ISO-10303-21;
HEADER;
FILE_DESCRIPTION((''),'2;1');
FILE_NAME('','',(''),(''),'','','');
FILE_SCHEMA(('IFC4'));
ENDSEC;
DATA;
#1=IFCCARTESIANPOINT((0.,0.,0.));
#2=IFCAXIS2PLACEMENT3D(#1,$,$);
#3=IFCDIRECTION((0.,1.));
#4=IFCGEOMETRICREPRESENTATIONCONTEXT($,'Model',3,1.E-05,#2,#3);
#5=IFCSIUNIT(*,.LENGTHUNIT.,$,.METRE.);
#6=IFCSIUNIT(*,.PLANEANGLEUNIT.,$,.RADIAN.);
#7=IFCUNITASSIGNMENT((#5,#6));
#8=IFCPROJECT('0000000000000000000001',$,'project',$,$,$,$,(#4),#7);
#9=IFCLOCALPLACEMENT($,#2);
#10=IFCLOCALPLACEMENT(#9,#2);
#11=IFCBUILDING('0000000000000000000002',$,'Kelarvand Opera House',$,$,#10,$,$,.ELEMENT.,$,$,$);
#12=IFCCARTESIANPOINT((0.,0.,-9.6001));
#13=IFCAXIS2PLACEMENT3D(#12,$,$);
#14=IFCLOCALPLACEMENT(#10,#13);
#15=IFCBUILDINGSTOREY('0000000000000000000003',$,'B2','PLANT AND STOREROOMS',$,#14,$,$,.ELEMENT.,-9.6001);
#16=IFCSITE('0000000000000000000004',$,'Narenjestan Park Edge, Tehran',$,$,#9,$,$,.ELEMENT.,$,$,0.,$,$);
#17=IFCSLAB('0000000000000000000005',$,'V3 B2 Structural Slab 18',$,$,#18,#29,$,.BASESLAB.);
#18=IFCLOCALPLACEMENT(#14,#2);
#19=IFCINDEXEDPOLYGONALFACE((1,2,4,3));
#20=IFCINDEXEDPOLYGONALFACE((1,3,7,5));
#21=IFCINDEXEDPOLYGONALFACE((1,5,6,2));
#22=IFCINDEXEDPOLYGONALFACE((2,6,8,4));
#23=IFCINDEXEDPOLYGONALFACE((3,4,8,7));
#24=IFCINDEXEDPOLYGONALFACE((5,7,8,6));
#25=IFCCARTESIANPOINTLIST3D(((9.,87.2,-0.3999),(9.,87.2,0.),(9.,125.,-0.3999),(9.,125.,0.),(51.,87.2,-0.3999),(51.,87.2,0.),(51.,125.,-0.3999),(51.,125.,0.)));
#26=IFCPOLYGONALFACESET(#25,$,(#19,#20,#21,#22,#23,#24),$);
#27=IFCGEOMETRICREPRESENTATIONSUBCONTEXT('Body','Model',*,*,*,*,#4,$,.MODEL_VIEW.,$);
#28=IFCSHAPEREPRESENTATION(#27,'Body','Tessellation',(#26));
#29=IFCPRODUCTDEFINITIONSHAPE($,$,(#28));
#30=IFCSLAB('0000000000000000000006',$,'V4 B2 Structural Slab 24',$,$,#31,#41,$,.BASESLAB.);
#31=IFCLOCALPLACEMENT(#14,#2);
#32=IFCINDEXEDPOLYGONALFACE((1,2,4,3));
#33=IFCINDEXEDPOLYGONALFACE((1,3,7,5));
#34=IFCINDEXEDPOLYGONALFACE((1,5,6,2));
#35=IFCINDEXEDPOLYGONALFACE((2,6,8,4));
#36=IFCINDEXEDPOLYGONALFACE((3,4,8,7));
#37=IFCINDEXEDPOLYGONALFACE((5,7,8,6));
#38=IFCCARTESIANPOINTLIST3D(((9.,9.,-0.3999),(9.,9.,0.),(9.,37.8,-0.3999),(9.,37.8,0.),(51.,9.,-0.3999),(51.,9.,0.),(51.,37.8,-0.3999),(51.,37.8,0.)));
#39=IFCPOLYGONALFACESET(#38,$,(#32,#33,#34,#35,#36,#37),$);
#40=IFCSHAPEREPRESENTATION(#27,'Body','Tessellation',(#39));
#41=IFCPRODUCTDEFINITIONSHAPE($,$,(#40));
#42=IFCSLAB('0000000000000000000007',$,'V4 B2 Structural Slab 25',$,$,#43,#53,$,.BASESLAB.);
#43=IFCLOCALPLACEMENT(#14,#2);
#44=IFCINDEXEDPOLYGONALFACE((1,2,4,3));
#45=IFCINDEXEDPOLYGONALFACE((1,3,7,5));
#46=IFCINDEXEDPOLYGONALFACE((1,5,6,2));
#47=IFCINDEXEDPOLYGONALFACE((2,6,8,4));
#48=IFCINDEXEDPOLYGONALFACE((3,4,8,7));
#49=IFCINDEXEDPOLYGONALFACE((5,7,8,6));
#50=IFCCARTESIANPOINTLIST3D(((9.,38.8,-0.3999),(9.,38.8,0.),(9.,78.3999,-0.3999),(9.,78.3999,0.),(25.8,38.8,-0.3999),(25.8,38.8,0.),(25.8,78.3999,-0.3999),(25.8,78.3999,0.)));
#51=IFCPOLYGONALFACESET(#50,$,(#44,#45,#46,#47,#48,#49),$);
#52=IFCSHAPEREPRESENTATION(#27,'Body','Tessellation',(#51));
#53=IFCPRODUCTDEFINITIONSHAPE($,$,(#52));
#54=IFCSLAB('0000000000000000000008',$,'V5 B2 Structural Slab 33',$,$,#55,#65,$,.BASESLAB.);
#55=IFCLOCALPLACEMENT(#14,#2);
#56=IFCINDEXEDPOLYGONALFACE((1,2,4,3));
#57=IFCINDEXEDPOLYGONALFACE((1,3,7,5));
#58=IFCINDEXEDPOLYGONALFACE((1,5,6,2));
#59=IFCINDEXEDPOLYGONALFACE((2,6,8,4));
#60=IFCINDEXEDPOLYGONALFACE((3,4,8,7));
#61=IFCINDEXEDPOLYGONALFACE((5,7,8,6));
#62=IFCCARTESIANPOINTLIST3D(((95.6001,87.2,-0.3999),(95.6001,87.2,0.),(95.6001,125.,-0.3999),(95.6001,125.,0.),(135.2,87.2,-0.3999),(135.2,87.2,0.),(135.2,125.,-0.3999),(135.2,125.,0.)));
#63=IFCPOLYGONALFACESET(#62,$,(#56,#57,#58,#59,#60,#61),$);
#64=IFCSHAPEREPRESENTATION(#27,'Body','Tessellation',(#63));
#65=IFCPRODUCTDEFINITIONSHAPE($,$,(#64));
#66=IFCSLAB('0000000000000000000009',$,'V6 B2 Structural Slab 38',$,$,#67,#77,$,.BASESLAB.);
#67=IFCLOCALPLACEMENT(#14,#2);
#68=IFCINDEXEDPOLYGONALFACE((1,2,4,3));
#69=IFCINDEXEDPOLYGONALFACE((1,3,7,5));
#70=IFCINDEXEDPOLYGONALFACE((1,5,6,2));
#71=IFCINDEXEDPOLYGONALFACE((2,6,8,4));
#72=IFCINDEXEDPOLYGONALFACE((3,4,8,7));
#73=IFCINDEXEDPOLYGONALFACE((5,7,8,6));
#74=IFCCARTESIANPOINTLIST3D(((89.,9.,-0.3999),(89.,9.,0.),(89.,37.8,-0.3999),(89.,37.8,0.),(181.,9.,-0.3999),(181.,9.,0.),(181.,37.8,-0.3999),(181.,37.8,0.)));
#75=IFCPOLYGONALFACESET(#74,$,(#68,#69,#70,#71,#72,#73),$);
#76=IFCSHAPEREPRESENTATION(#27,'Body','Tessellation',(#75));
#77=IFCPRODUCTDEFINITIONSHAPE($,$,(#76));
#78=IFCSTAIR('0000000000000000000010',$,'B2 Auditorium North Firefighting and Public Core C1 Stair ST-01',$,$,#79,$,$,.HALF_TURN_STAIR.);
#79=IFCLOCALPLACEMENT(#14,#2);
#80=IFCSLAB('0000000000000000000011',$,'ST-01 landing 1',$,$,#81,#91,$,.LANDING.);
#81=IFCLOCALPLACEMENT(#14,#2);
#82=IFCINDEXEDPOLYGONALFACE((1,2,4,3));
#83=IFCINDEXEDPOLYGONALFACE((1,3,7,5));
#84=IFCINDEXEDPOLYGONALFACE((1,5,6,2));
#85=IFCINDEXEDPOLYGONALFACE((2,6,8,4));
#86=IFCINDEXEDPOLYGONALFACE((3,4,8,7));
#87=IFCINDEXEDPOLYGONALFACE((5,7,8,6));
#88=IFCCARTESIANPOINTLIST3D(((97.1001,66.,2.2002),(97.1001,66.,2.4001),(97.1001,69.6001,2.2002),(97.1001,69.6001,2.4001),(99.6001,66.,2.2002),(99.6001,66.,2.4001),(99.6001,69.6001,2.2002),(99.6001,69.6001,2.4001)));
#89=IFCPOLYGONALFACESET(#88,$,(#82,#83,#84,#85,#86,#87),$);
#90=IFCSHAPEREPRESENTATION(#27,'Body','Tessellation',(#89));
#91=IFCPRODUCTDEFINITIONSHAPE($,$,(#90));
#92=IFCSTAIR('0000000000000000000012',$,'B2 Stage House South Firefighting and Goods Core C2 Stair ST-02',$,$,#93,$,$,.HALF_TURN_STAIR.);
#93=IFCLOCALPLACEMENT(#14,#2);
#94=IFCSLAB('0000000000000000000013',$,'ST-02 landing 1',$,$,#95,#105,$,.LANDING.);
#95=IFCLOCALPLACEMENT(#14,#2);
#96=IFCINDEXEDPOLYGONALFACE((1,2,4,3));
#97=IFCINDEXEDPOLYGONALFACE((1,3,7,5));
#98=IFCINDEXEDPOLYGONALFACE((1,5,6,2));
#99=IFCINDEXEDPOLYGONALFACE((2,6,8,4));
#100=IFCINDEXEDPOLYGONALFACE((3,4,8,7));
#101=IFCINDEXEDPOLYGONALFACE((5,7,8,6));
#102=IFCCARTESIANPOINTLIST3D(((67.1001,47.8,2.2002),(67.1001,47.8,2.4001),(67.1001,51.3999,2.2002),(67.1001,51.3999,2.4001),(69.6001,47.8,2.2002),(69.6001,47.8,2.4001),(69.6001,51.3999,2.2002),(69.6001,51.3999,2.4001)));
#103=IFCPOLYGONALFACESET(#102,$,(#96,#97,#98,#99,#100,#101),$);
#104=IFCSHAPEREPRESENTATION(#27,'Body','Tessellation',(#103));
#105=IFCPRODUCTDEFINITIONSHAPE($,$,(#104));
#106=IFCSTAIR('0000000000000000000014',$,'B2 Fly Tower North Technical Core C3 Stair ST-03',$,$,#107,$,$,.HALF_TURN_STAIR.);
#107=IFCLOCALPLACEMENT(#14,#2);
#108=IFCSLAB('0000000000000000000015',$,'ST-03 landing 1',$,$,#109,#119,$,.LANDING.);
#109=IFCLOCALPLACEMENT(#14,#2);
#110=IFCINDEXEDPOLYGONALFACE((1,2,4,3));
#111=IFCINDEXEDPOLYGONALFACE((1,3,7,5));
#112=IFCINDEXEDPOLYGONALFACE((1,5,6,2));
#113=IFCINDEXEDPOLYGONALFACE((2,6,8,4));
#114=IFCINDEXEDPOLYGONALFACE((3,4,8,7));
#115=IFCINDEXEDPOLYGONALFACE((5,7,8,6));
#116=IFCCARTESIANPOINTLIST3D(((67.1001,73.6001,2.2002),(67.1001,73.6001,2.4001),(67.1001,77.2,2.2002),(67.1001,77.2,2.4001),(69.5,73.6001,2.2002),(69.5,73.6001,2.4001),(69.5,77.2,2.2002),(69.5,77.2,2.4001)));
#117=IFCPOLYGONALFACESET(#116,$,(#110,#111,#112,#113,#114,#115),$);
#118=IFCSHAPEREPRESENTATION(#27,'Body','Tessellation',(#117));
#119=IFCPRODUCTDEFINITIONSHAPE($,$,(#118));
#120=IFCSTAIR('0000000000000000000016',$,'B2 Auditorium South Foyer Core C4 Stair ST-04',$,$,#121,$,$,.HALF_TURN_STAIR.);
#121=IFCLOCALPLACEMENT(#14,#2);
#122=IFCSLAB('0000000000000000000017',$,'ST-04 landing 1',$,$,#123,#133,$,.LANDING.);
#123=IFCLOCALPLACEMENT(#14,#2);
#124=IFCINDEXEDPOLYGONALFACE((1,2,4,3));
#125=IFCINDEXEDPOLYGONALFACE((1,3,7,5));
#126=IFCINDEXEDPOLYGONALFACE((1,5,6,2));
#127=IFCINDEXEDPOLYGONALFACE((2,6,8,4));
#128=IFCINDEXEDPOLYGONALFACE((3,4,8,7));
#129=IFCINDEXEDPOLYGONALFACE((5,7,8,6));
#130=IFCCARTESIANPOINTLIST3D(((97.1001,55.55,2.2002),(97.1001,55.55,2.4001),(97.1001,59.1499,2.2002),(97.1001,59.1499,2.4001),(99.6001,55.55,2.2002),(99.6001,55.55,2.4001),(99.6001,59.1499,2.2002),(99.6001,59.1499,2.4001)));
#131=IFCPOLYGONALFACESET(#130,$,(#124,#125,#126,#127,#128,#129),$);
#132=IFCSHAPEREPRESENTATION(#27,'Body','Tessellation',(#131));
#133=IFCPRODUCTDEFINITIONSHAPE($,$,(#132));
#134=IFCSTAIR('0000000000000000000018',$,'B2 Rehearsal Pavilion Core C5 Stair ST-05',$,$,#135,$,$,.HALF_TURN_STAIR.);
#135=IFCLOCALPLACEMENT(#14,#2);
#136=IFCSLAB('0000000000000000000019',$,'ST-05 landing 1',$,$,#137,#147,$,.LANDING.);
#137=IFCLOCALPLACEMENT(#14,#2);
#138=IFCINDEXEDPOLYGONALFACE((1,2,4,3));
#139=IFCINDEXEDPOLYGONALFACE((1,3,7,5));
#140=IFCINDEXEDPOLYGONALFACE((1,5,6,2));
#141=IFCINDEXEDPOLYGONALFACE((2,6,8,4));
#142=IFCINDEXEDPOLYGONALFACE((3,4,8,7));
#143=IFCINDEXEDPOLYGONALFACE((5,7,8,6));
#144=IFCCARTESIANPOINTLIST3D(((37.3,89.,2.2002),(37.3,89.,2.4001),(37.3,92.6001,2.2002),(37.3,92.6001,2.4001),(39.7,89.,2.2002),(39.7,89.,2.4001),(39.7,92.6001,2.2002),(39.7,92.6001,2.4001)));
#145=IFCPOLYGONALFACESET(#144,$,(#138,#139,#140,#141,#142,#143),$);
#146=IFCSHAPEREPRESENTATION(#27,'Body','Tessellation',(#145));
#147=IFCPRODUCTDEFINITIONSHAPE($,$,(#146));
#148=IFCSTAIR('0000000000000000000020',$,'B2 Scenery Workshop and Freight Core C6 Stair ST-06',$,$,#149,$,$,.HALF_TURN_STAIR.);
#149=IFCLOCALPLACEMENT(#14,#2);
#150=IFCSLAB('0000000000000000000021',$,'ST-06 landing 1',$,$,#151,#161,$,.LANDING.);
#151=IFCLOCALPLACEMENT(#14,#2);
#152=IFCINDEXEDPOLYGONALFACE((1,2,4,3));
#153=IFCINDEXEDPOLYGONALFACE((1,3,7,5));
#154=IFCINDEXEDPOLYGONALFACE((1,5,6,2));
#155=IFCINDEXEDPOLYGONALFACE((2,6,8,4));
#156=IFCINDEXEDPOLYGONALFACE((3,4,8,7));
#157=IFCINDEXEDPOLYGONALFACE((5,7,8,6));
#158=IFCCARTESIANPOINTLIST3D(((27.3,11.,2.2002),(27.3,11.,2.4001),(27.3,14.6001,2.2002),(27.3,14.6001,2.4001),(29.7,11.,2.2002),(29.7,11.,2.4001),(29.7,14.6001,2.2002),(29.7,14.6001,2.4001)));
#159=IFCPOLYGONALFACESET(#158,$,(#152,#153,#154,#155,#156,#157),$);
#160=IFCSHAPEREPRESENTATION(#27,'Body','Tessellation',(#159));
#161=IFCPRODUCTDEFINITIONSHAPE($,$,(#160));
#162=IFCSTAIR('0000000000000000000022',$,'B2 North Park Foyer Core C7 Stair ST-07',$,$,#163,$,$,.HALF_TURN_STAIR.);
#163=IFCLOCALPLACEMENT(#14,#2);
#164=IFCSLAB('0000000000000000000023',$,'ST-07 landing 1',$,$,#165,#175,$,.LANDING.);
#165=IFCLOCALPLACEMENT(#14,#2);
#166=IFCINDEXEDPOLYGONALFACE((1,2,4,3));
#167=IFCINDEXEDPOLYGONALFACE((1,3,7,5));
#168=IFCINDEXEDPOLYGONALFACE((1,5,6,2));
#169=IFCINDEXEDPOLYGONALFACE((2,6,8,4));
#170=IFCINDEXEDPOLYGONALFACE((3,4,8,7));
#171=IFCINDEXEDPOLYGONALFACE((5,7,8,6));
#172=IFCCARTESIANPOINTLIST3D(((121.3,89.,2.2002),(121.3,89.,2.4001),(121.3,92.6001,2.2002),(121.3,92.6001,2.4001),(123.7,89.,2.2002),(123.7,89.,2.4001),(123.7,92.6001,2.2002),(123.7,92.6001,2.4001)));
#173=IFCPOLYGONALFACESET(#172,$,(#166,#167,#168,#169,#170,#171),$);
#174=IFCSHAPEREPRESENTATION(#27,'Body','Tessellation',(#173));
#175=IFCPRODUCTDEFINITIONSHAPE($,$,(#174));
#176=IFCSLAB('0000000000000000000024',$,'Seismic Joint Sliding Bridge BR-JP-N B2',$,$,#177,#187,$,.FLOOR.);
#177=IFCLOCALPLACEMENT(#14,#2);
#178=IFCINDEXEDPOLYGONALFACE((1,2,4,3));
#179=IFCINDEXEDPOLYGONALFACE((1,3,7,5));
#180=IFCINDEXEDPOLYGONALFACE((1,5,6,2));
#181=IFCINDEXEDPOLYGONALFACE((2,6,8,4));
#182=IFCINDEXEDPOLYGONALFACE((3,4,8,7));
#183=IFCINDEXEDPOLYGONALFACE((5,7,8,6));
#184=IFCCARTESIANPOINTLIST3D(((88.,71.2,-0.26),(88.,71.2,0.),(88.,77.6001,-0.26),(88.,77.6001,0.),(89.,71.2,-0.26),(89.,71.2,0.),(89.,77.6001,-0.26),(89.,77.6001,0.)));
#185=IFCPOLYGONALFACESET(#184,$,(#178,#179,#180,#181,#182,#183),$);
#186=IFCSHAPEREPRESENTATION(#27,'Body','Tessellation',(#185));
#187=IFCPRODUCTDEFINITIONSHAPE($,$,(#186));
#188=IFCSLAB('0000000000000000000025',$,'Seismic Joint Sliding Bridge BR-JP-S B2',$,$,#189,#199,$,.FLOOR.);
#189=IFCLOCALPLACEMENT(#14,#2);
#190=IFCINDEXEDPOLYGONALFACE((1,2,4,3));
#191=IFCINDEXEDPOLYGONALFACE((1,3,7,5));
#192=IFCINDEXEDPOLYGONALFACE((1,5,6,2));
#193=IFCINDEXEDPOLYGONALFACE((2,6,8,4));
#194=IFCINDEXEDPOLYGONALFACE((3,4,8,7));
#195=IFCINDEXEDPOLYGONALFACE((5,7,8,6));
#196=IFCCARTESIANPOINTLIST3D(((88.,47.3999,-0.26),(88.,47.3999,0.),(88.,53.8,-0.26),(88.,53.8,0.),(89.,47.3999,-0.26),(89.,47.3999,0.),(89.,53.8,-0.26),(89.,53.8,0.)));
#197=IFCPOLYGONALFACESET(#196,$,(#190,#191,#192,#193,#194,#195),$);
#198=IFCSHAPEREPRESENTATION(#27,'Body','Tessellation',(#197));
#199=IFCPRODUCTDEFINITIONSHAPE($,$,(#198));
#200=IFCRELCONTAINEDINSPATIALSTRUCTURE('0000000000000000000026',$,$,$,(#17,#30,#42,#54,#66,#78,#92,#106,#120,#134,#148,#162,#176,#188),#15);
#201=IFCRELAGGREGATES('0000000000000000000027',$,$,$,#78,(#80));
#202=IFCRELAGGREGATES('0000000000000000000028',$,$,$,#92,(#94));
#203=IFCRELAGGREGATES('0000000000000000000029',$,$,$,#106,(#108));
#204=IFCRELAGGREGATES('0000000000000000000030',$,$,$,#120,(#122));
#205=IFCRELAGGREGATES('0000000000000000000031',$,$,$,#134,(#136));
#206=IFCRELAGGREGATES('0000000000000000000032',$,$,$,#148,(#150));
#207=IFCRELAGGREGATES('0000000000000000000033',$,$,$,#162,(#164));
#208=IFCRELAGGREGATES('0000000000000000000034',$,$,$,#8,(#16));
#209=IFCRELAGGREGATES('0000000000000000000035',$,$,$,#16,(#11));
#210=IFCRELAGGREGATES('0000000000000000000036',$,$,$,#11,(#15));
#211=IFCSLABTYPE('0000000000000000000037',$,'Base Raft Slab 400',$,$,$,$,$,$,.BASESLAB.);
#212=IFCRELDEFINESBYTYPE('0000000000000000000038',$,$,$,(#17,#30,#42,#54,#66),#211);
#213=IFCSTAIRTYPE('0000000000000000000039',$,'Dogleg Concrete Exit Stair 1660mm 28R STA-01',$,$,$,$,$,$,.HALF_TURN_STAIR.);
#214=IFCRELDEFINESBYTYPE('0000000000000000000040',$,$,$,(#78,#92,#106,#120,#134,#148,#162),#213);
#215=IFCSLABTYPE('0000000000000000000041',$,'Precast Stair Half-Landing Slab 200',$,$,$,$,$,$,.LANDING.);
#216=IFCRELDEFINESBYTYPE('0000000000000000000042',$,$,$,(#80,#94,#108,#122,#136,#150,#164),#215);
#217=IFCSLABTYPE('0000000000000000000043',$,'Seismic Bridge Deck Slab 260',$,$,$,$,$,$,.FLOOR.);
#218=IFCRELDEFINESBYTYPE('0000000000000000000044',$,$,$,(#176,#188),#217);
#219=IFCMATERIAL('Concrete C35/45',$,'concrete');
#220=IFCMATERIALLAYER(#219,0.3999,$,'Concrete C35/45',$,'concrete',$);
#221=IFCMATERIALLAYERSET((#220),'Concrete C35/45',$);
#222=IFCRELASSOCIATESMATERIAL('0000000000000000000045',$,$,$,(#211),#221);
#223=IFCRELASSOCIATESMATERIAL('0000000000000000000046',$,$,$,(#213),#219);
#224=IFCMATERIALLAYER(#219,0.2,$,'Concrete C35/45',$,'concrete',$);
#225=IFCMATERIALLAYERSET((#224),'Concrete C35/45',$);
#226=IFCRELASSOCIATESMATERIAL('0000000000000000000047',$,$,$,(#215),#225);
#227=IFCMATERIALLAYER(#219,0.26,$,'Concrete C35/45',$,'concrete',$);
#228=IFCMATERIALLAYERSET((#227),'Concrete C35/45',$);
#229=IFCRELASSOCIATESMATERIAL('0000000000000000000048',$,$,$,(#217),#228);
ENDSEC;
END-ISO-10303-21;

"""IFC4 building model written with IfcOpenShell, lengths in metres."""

from ifc_helpers import new_model, si_unit, direction, frame, origin, place, context, subcontext, project, spatial, polyline, outline, extrude, material, layer, layer_set, type_object, element, aggregate, save


model = new_model("IFC4")

# Units and contexts
model_context = context("Model", 3, precision=1e-05, world=origin(), true_north=direction((0.0, 1.0)))
body_context = subcontext(model_context, "Body", "Model", "MODEL_VIEW")
ifc_project = project(units=[si_unit("LENGTHUNIT", "METRE"), si_unit("PLANEANGLEUNIT", "RADIAN")], contexts=[model_context])

# Site, building, storey
site_placement = place(None, origin())
site = spatial("IfcSite", under=ifc_project, at=site_placement, Name="Narenjestan Park Edge, Tehran", CompositionType="ELEMENT", RefElevation=0.0)
building_placement = place(site_placement, origin())
building = spatial("IfcBuilding", under=site, at=building_placement, Name="Kelarvand Opera House", CompositionType="ELEMENT")
storey_placement = place(building_placement, frame((0.0, 0.0, -9.6001)))
storey = spatial("IfcBuildingStorey", under=building, at=storey_placement, Name="B2", Description="PLANT AND STOREROOMS", CompositionType="ELEMENT", Elevation=-9.6001)

# Slabs
ifc_material_1 = material(Name="Concrete C35/45", Category="concrete")
ifc_layer_1 = layer(ifc_material_1, 0.3999, Name="Concrete C35/45", Category="concrete")
ifc_layer_set_1 = layer_set([ifc_layer_1], Name="Concrete C35/45")
slab_type_1 = type_object("IfcSlabType", Name="Base Raft Slab 400", PredefinedType="BASESLAB", material=ifc_layer_set_1)
slab_1_placement = place(storey_placement, frame((0.0, 0.0, -0.3999)))
element("IfcSlab", 1, at=slab_1_placement, inside=storey, type_object=slab_type_1, Name="V3 B2 Structural Slab 18", PredefinedType="BASESLAB", context=body_context, shape_type="SweptSolid", body=[
    extrude(outline(polyline([(51.0, 87.2), (51.0, 125.0), (9.0, 125.0), (9.0, 87.2), (51.0, 87.2)])), origin(), (0.0, 0.0, 1.0), 0.3999),
])
slab_2_placement = place(storey_placement, frame((0.0, 0.0, -0.3999)))
element("IfcSlab", 2, at=slab_2_placement, inside=storey, type_object=slab_type_1, Name="V4 B2 Structural Slab 24", PredefinedType="BASESLAB", context=body_context, shape_type="SweptSolid", body=[
    extrude(outline(polyline([(9.0, 9.0), (9.0, 37.8), (51.0, 37.8), (51.0, 9.0), (9.0, 9.0)])), origin(), (0.0, 0.0, 1.0), 0.3999),
])
slab_3_placement = place(storey_placement, frame((0.0, 0.0, -0.3999)))
element("IfcSlab", 3, at=slab_3_placement, inside=storey, type_object=slab_type_1, Name="V4 B2 Structural Slab 25", PredefinedType="BASESLAB", context=body_context, shape_type="SweptSolid", body=[
    extrude(outline(polyline([(9.0, 38.8), (9.0, 78.3999), (25.8, 78.3999), (25.8, 38.8), (9.0, 38.8)])), origin(), (0.0, 0.0, 1.0), 0.3999),
])
slab_4_placement = place(storey_placement, frame((0.0, 0.0, -0.3999)))
element("IfcSlab", 4, at=slab_4_placement, inside=storey, type_object=slab_type_1, Name="V5 B2 Structural Slab 33", PredefinedType="BASESLAB", context=body_context, shape_type="SweptSolid", body=[
    extrude(outline(polyline([(135.2, 87.2), (135.2, 125.0), (95.6001, 125.0), (95.6001, 87.2), (135.2, 87.2)])), origin(), (0.0, 0.0, 1.0), 0.3999),
])
slab_5_placement = place(storey_placement, frame((0.0, 0.0, -0.3999)))
element("IfcSlab", 5, at=slab_5_placement, inside=storey, type_object=slab_type_1, Name="V6 B2 Structural Slab 38", PredefinedType="BASESLAB", context=body_context, shape_type="SweptSolid", body=[
    extrude(outline(polyline([(181.0, 9.0), (181.0, 37.8), (89.0, 37.8), (89.0, 9.0), (181.0, 9.0)])), origin(), (0.0, 0.0, 1.0), 0.3999),
])

# Stairs, slabs
stair_type = type_object("IfcStairType", Name="Dogleg Concrete Exit Stair 1660mm 28R STA-01", PredefinedType="HALF_TURN_STAIR", material=ifc_material_1)
stair_1_placement = place(storey_placement, origin())
stair_1 = element("IfcStair", 6, at=stair_1_placement, inside=storey, type_object=stair_type, Name="B2 Auditorium North Firefighting and Public Core C1 Stair ST-01", PredefinedType="HALF_TURN_STAIR")
ifc_layer_2 = layer(ifc_material_1, 0.2, Name="Concrete C35/45", Category="concrete")
ifc_layer_set_2 = layer_set([ifc_layer_2], Name="Concrete C35/45")
slab_type_2 = type_object("IfcSlabType", Name="Precast Stair Half-Landing Slab 200", PredefinedType="LANDING", material=ifc_layer_set_2)
slab_6_placement = place(storey_placement, frame((0.0, 0.0, 2.2002)))
slab_6 = element("IfcSlab", 7, at=slab_6_placement, type_object=slab_type_2, Name="ST-01 landing 1", PredefinedType="LANDING", context=body_context, shape_type="SweptSolid", body=[
    extrude(outline(polyline([(97.1001, 66.0), (99.6001, 66.0), (99.6001, 69.6001), (97.1001, 69.6001), (97.1001, 66.0)])), origin(), (0.0, 0.0, 1.0), 0.2),
])
aggregate(stair_1, [slab_6])
stair_2_placement = place(storey_placement, origin())
stair_2 = element("IfcStair", 8, at=stair_2_placement, inside=storey, type_object=stair_type, Name="B2 Stage House South Firefighting and Goods Core C2 Stair ST-02", PredefinedType="HALF_TURN_STAIR")
slab_7_placement = place(storey_placement, frame((0.0, 0.0, 2.2002)))
slab_7 = element("IfcSlab", 9, at=slab_7_placement, type_object=slab_type_2, Name="ST-02 landing 1", PredefinedType="LANDING", context=body_context, shape_type="SweptSolid", body=[
    extrude(outline(polyline([(67.1001, 47.8), (69.6001, 47.8), (69.6001, 51.3999), (67.1001, 51.3999), (67.1001, 47.8)])), origin(), (0.0, 0.0, 1.0), 0.2),
])
aggregate(stair_2, [slab_7])
stair_3_placement = place(storey_placement, origin())
stair_3 = element("IfcStair", 10, at=stair_3_placement, inside=storey, type_object=stair_type, Name="B2 Fly Tower North Technical Core C3 Stair ST-03", PredefinedType="HALF_TURN_STAIR")
slab_8_placement = place(storey_placement, frame((0.0, 0.0, 2.2002)))
slab_8 = element("IfcSlab", 11, at=slab_8_placement, type_object=slab_type_2, Name="ST-03 landing 1", PredefinedType="LANDING", context=body_context, shape_type="SweptSolid", body=[
    extrude(outline(polyline([(67.1001, 73.6001), (69.5, 73.6001), (69.5, 77.2), (67.1001, 77.2), (67.1001, 73.6001)])), origin(), (0.0, 0.0, 1.0), 0.2),
])
aggregate(stair_3, [slab_8])
stair_4_placement = place(storey_placement, origin())
stair_4 = element("IfcStair", 12, at=stair_4_placement, inside=storey, type_object=stair_type, Name="B2 Auditorium South Foyer Core C4 Stair ST-04", PredefinedType="HALF_TURN_STAIR")
slab_9_placement = place(storey_placement, frame((0.0, 0.0, 2.2002)))
slab_9 = element("IfcSlab", 13, at=slab_9_placement, type_object=slab_type_2, Name="ST-04 landing 1", PredefinedType="LANDING", context=body_context, shape_type="SweptSolid", body=[
    extrude(outline(polyline([(97.1001, 55.55), (99.6001, 55.55), (99.6001, 59.1499), (97.1001, 59.1499), (97.1001, 55.55)])), origin(), (0.0, 0.0, 1.0), 0.2),
])
aggregate(stair_4, [slab_9])
stair_5_placement = place(storey_placement, origin())
stair_5 = element("IfcStair", 14, at=stair_5_placement, inside=storey, type_object=stair_type, Name="B2 Rehearsal Pavilion Core C5 Stair ST-05", PredefinedType="HALF_TURN_STAIR")
slab_10_placement = place(storey_placement, frame((0.0, 0.0, 2.2002)))
slab_10 = element("IfcSlab", 15, at=slab_10_placement, type_object=slab_type_2, Name="ST-05 landing 1", PredefinedType="LANDING", context=body_context, shape_type="SweptSolid", body=[
    extrude(outline(polyline([(37.3, 89.0), (39.7, 89.0), (39.7, 92.6001), (37.3, 92.6001), (37.3, 89.0)])), origin(), (0.0, 0.0, 1.0), 0.2),
])
aggregate(stair_5, [slab_10])
stair_6_placement = place(storey_placement, origin())
stair_6 = element("IfcStair", 16, at=stair_6_placement, inside=storey, type_object=stair_type, Name="B2 Scenery Workshop and Freight Core C6 Stair ST-06", PredefinedType="HALF_TURN_STAIR")
slab_11_placement = place(storey_placement, frame((0.0, 0.0, 2.2002)))
slab_11 = element("IfcSlab", 17, at=slab_11_placement, type_object=slab_type_2, Name="ST-06 landing 1", PredefinedType="LANDING", context=body_context, shape_type="SweptSolid", body=[
    extrude(outline(polyline([(27.3, 11.0), (29.7, 11.0), (29.7, 14.6001), (27.3, 14.6001), (27.3, 11.0)])), origin(), (0.0, 0.0, 1.0), 0.2),
])
aggregate(stair_6, [slab_11])
stair_7_placement = place(storey_placement, origin())
stair_7 = element("IfcStair", 18, at=stair_7_placement, inside=storey, type_object=stair_type, Name="B2 North Park Foyer Core C7 Stair ST-07", PredefinedType="HALF_TURN_STAIR")
slab_12_placement = place(storey_placement, frame((0.0, 0.0, 2.2002)))
slab_12 = element("IfcSlab", 19, at=slab_12_placement, type_object=slab_type_2, Name="ST-07 landing 1", PredefinedType="LANDING", context=body_context, shape_type="SweptSolid", body=[
    extrude(outline(polyline([(121.3, 89.0), (123.7, 89.0), (123.7, 92.6001), (121.3, 92.6001), (121.3, 89.0)])), origin(), (0.0, 0.0, 1.0), 0.2),
])
aggregate(stair_7, [slab_12])

# Slabs
ifc_layer_3 = layer(ifc_material_1, 0.26, Name="Concrete C35/45", Category="concrete")
ifc_layer_set_3 = layer_set([ifc_layer_3], Name="Concrete C35/45")
slab_type_3 = type_object("IfcSlabType", Name="Seismic Bridge Deck Slab 260", PredefinedType="FLOOR", material=ifc_layer_set_3)
slab_13_placement = place(storey_placement, frame((0.0, 0.0, -0.26)))
element("IfcSlab", 20, at=slab_13_placement, inside=storey, type_object=slab_type_3, Name="Seismic Joint Sliding Bridge BR-JP-N B2", PredefinedType="FLOOR", context=body_context, shape_type="SweptSolid", body=[
    extrude(outline(polyline([(88.0, 71.2), (89.0, 71.2), (89.0, 77.6001), (88.0, 77.6001), (88.0, 71.2)])), origin(), (0.0, 0.0, 1.0), 0.26),
])
slab_14_placement = place(storey_placement, frame((0.0, 0.0, -0.26)))
element("IfcSlab", 21, at=slab_14_placement, inside=storey, type_object=slab_type_3, Name="Seismic Joint Sliding Bridge BR-JP-S B2", PredefinedType="FLOOR", context=body_context, shape_type="SweptSolid", body=[
    extrude(outline(polyline([(88.0, 47.3999), (89.0, 47.3999), (89.0, 53.8), (88.0, 53.8), (88.0, 47.3999)])), origin(), (0.0, 0.0, 1.0), 0.26),
])

save(model, "model.ifc")
